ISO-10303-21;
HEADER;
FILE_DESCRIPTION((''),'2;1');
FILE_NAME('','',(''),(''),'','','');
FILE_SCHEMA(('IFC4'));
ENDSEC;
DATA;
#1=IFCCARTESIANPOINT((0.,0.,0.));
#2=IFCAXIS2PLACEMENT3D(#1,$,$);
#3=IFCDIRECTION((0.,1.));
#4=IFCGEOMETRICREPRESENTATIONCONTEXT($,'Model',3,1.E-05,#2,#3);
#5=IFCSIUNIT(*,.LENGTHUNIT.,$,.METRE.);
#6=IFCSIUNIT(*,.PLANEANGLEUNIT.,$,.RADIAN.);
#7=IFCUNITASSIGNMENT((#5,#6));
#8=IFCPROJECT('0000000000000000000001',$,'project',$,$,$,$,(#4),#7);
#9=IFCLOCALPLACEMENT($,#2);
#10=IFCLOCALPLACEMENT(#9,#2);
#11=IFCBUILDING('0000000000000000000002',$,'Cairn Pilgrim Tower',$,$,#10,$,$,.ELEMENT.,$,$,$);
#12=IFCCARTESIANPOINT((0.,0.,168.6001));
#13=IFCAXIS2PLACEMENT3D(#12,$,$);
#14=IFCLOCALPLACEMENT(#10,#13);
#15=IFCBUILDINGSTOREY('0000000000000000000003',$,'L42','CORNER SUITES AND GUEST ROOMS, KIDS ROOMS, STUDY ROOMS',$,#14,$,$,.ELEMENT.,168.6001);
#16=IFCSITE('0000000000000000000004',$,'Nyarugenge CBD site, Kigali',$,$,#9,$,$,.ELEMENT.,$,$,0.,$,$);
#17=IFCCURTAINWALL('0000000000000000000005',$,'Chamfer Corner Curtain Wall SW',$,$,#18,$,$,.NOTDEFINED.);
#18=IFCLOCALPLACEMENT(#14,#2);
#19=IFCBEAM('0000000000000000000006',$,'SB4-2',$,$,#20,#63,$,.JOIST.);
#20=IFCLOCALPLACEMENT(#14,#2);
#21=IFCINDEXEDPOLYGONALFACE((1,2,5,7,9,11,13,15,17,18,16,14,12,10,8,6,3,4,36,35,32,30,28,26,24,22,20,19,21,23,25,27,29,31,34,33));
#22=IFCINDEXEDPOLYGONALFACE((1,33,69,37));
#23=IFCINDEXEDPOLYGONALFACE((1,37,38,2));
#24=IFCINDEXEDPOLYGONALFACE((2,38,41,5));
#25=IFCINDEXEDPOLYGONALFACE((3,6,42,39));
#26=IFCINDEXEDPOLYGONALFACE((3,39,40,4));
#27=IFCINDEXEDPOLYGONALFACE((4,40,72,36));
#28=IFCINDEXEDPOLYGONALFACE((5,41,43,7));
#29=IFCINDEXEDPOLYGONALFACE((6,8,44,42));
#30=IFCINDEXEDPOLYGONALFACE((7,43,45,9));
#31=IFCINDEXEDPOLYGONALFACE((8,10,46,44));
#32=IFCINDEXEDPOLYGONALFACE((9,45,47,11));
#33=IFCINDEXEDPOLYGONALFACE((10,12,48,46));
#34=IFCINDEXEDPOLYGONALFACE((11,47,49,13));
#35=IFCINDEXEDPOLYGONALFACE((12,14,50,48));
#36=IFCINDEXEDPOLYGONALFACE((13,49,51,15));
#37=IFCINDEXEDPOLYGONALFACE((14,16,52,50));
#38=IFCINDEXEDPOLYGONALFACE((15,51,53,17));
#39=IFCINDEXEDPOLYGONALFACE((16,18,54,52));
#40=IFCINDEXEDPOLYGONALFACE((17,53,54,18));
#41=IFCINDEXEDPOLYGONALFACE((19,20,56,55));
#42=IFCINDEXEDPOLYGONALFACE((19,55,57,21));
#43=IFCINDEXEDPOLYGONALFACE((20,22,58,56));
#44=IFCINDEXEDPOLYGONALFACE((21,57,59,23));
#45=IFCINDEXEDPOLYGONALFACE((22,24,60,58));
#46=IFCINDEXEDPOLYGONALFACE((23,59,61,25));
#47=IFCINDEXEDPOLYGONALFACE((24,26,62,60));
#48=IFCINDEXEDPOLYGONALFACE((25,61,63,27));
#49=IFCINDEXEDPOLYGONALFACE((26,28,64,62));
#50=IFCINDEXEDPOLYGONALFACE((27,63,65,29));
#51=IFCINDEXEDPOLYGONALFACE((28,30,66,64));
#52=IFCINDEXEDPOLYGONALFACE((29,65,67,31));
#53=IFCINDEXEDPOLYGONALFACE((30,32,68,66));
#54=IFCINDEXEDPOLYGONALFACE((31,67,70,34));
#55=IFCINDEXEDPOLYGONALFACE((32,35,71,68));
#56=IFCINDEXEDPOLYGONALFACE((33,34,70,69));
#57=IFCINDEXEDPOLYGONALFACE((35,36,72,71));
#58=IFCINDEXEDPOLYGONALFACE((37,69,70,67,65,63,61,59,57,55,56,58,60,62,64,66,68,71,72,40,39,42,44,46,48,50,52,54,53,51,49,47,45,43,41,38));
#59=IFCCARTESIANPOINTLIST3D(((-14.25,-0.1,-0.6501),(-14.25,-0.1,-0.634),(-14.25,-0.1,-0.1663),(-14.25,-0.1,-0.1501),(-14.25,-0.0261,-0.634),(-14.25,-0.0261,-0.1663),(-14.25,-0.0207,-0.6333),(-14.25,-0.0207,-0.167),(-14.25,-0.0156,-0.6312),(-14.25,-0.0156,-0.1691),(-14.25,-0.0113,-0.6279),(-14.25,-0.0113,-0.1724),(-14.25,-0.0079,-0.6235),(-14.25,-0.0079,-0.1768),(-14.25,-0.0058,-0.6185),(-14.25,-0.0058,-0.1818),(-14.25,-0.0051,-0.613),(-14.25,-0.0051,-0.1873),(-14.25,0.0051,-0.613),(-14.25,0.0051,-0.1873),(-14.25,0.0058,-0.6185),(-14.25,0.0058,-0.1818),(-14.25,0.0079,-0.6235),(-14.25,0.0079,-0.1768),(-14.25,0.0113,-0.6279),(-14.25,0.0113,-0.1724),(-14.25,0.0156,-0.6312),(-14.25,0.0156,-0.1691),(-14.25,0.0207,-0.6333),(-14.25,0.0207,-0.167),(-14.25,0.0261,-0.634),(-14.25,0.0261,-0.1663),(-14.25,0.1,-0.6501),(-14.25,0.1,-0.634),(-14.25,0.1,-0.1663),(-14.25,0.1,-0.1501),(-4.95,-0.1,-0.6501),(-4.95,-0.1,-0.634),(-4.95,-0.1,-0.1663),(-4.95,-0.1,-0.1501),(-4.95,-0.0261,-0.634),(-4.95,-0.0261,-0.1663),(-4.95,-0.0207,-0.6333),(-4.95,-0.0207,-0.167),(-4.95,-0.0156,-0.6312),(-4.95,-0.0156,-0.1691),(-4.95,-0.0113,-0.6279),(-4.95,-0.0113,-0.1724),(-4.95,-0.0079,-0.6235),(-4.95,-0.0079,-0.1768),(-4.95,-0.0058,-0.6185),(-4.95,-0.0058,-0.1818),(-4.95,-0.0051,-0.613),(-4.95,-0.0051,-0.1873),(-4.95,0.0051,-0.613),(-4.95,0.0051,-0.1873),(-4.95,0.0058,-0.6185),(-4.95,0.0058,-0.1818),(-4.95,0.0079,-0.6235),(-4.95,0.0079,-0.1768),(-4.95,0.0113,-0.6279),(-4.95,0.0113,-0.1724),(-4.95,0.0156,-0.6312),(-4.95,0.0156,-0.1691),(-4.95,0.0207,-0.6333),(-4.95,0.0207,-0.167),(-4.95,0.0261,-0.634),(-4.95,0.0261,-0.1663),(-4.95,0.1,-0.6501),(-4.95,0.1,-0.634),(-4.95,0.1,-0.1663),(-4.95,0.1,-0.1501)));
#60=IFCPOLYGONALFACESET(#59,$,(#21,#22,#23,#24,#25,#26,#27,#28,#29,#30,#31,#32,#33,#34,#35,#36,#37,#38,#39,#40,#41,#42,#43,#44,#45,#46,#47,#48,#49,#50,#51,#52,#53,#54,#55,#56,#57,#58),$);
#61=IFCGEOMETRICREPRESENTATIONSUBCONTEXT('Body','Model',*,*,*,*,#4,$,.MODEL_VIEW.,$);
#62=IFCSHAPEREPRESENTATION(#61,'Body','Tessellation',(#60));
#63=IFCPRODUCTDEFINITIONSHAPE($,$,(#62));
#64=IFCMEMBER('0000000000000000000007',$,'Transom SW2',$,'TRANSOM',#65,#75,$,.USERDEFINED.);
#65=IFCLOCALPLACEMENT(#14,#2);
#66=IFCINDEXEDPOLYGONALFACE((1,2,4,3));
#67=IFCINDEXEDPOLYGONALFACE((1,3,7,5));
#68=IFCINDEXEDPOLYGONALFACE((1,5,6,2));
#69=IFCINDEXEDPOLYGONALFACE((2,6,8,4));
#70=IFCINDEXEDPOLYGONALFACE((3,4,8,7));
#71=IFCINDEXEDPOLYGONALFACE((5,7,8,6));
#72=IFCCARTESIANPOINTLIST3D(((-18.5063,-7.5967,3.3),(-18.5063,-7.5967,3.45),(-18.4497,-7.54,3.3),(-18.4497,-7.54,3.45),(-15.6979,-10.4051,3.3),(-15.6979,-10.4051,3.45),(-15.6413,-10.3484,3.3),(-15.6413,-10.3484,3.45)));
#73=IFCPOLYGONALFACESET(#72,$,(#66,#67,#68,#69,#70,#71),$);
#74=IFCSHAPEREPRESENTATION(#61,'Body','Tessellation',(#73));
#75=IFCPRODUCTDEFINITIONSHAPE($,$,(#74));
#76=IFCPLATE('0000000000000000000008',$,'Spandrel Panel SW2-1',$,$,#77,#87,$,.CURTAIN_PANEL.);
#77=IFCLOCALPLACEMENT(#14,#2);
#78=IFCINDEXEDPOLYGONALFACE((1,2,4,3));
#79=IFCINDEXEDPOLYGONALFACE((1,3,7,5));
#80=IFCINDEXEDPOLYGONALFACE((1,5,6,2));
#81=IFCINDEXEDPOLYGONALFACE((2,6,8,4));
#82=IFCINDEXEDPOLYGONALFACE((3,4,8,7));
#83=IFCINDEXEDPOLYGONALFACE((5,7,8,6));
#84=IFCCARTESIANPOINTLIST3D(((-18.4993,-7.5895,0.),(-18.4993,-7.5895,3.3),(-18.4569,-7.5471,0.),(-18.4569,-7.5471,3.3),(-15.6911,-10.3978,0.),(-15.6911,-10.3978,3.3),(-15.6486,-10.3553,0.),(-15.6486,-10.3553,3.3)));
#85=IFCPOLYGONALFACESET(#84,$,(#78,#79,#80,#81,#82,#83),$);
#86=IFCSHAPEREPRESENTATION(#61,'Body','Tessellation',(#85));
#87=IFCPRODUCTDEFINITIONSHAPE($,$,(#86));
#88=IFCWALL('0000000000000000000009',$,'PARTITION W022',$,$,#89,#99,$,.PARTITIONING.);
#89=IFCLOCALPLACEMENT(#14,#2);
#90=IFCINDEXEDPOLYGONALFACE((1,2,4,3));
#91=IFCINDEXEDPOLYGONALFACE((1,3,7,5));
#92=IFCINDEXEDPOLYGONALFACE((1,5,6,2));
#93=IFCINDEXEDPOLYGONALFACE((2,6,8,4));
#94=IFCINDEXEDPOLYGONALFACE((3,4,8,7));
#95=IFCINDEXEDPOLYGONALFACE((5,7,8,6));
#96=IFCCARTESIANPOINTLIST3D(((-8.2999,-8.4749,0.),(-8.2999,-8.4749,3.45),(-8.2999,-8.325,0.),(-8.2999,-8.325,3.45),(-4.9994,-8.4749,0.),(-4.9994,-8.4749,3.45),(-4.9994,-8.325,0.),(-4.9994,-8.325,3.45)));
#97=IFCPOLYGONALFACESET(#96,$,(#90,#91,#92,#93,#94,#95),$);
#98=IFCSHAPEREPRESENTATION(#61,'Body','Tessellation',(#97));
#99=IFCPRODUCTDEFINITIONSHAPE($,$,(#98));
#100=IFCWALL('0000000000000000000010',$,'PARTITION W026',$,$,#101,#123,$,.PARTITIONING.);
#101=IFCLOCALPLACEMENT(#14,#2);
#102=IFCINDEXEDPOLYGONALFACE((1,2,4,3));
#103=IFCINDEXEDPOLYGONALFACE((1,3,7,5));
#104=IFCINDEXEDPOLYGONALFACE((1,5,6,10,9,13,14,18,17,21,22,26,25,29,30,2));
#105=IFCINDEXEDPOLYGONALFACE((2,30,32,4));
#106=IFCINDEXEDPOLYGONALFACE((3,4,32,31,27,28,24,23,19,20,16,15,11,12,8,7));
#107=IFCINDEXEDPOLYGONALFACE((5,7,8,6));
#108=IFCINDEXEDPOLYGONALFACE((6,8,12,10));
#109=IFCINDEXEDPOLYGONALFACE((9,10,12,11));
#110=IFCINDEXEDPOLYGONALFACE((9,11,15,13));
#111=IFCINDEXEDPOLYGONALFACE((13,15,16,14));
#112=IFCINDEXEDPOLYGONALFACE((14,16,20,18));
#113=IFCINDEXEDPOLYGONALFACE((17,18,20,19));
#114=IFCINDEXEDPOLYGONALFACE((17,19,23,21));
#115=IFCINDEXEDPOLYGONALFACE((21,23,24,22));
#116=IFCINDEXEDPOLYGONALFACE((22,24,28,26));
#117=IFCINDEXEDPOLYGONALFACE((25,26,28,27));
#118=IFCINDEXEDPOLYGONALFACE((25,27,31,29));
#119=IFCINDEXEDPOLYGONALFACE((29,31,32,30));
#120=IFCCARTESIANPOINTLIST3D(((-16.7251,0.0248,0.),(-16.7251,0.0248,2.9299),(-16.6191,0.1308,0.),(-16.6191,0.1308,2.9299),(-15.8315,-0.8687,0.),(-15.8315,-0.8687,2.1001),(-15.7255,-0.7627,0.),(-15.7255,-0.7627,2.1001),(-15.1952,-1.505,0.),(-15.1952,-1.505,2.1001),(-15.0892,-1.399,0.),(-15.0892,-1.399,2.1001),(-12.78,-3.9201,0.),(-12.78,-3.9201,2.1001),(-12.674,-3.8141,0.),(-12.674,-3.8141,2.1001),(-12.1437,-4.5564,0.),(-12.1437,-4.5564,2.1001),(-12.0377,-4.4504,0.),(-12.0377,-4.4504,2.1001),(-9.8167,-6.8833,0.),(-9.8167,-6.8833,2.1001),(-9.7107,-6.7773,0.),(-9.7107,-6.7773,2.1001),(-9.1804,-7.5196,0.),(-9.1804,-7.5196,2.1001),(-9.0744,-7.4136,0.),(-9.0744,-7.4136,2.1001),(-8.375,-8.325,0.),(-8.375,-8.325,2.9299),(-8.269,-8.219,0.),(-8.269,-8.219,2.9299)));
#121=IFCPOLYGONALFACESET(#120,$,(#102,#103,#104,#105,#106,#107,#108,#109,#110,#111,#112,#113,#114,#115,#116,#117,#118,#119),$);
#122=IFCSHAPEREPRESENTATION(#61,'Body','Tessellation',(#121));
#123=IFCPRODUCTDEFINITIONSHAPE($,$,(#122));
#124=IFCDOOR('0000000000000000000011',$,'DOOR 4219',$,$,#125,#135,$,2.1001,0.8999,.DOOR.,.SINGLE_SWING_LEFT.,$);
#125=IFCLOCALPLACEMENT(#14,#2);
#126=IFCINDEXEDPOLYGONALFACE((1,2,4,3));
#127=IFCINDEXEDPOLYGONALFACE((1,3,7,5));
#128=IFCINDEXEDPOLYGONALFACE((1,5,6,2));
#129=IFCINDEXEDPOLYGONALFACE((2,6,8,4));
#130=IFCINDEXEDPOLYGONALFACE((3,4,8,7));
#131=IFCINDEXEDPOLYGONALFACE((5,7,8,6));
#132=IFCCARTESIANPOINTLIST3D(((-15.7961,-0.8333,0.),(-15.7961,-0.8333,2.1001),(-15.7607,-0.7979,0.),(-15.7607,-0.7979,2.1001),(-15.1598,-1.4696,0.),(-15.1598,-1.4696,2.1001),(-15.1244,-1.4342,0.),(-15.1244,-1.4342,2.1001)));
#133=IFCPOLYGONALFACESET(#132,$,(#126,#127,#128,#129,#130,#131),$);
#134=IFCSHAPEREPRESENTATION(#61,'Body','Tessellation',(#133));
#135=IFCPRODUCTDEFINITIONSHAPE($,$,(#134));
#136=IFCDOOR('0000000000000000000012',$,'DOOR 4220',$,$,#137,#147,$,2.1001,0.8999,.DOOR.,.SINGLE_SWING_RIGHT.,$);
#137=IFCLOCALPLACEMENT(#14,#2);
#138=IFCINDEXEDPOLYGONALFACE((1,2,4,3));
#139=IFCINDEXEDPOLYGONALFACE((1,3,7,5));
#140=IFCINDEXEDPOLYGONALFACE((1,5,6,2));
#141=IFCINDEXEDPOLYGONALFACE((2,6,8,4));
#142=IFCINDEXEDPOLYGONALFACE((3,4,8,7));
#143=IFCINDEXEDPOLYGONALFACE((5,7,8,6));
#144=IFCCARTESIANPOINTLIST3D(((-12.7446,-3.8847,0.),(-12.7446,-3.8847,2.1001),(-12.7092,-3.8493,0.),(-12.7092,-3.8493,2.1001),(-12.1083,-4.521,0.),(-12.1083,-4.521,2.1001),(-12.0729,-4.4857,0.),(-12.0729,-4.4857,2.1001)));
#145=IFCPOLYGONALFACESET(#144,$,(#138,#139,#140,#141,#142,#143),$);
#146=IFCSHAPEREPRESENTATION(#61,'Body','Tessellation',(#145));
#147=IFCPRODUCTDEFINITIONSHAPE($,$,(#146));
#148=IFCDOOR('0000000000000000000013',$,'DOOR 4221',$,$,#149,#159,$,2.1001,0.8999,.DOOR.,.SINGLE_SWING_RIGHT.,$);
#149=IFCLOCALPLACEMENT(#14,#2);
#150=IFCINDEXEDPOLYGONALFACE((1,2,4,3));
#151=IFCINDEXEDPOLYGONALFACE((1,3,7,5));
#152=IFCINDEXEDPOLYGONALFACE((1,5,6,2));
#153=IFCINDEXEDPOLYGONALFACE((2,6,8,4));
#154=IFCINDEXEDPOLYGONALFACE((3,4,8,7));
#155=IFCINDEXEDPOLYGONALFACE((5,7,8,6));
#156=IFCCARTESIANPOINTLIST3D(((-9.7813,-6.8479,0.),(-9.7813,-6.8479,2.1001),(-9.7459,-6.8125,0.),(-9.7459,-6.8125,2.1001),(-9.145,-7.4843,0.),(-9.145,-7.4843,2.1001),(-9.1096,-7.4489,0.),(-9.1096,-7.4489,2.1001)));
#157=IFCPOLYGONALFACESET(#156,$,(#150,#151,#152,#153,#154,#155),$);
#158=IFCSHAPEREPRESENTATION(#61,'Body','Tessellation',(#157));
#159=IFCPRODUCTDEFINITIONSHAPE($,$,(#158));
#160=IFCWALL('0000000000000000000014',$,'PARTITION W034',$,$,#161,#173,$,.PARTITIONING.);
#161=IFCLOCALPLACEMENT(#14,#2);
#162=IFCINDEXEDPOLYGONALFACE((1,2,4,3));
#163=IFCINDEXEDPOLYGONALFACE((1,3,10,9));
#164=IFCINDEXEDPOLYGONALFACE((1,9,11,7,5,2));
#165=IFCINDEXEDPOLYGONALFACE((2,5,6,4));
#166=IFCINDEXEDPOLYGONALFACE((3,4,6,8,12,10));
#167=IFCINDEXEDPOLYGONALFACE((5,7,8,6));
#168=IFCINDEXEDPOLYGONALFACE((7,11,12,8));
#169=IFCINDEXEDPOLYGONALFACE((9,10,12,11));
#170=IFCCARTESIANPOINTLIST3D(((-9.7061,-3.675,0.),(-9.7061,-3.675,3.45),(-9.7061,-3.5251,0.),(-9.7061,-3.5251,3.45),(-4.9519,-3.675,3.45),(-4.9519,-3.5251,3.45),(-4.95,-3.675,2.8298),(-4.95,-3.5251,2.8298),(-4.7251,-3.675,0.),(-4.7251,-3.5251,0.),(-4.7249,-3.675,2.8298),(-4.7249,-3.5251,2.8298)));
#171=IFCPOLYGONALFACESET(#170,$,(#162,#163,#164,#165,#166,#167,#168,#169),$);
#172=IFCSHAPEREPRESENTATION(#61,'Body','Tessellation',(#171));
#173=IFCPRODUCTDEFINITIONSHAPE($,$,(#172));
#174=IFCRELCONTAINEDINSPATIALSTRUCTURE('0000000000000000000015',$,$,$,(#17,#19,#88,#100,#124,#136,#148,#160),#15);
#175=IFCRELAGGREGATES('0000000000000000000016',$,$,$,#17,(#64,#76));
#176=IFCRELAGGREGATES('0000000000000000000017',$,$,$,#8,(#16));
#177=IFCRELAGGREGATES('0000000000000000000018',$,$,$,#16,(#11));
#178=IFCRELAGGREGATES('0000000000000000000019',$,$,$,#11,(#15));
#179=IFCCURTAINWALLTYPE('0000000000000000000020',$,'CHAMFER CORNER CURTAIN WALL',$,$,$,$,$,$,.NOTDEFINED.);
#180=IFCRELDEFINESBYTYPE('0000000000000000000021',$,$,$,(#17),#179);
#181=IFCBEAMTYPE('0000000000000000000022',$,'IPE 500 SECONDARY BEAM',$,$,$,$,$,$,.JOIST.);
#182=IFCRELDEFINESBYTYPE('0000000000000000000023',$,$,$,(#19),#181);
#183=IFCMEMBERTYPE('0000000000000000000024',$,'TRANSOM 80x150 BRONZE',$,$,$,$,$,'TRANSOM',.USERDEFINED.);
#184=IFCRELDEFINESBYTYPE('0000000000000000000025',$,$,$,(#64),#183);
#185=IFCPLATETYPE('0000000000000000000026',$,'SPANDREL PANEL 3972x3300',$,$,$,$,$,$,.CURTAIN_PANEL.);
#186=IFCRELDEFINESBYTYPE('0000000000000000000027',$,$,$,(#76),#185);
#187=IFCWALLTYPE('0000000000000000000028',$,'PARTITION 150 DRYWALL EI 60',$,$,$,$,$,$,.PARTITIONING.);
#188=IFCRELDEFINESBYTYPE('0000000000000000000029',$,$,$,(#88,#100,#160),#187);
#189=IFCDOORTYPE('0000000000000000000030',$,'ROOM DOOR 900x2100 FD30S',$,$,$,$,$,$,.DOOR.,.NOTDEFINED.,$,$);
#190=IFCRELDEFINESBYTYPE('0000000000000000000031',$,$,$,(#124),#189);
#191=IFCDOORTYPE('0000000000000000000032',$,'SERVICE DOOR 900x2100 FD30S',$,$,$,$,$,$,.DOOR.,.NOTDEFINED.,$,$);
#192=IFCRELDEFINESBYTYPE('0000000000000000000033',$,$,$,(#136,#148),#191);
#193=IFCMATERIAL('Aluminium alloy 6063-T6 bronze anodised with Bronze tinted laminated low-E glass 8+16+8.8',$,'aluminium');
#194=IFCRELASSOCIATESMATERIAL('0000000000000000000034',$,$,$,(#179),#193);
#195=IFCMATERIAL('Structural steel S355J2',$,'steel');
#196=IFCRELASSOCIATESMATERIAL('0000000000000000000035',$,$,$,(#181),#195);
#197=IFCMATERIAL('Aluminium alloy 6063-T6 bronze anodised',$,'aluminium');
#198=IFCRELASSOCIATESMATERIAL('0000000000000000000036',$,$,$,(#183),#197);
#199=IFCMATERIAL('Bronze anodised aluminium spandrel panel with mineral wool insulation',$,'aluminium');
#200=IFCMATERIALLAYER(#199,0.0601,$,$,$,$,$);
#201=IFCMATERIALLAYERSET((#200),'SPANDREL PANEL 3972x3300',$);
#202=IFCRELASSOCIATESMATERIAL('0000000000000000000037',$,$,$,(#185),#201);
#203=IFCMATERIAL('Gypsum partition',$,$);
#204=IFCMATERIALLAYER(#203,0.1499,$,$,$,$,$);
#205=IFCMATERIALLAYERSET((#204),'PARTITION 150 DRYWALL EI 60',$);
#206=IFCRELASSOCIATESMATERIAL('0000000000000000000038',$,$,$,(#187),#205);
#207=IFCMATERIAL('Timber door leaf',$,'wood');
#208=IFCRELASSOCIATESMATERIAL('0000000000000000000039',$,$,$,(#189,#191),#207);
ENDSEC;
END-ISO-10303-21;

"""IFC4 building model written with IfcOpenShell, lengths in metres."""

from ifc_helpers import new_model, si_unit, direction, frame, frame_2d, origin, origin_2d, place, context, subcontext, project, spatial, polyline, rectangle, i_section, outline, extrude, material, layer, layer_set, material_profile, profile_set, type_object, element, fill, aggregate, save


model = new_model("IFC4")

# Units and contexts
model_context = context("Model", 3, precision=1e-05, world=origin(), true_north=direction((0.0, 1.0)))
body_context = subcontext(model_context, "Body", "Model", "MODEL_VIEW")
ifc_project = project(units=[si_unit("LENGTHUNIT", "METRE"), si_unit("PLANEANGLEUNIT", "RADIAN")], contexts=[model_context])

# Site, building, storey
site_placement = place(None, origin())
site = spatial("IfcSite", under=ifc_project, at=site_placement, Name="Nyarugenge CBD site, Kigali", CompositionType="ELEMENT", RefElevation=0.0)
building_placement = place(site_placement, origin())
building = spatial("IfcBuilding", under=site, at=building_placement, Name="Cairn Pilgrim Tower", CompositionType="ELEMENT")
storey_placement = place(building_placement, frame((0.0, 0.0, 168.6001)))
storey = spatial("IfcBuildingStorey", under=building, at=storey_placement, Name="L42", Description="CORNER SUITES AND GUEST ROOMS, KIDS ROOMS, STUDY ROOMS", CompositionType="ELEMENT", Elevation=168.6001)

# Shared definitions
ifc_material_1 = material(Name="Structural steel S355J2", Category="steel")

# Curtain wall
ifc_material_2 = material(Name="Aluminium alloy 6063-T6 bronze anodised with Bronze tinted laminated low-E glass 8+16+8.8", Category="aluminium")
curtain_wall_type = type_object("IfcCurtainWallType", Name="CHAMFER CORNER CURTAIN WALL", PredefinedType="NOTDEFINED", material=ifc_material_2)
curtain_wall_placement = place(storey_placement, origin())
curtain_wall = element("IfcCurtainWall", 1, at=curtain_wall_placement, inside=storey, type_object=curtain_wall_type, Name="Chamfer Corner Curtain Wall SW", PredefinedType="NOTDEFINED")
ifc_material_3 = material(Name="Aluminium alloy 6063-T6 bronze anodised", Category="aluminium")

# Beam
ifc_material_profile_1 = material_profile(ifc_material_1, i_section(OverallWidth=0.2, OverallDepth=0.5, WebThickness=0.0103, FlangeThickness=0.0161, FilletRadius=0.021, at=origin_2d()), Name="IPE 500")
ifc_profile_set_1 = profile_set([ifc_material_profile_1], Name="Structural steel S355J2")
beam_type_1 = type_object("IfcBeamType", Name="IPE 500 SECONDARY BEAM", PredefinedType="JOIST", material=ifc_profile_set_1)
for number, where, z_axis, x_axis, name in (
    (2, (-14.25, 0.0, -0.4001), (1.0, 0.0, 0.0), (0.0, 1.0, 0.0), "SB4-2"),
):
    element("IfcBeam", number, at=place(storey_placement, frame(where, z_axis=z_axis, x_axis=x_axis)), inside=storey, type_object=beam_type_1, Name=name, PredefinedType="JOIST", context=body_context, shape_type="SweptSolid", body=[
        extrude(i_section(OverallWidth=0.2, OverallDepth=0.5, WebThickness=0.0103, FlangeThickness=0.0161, FilletRadius=0.021, at=origin_2d()), origin(), (0.0, 0.0, 1.0), 9.3),
    ])

# Member
ifc_material_profile_2 = material_profile(ifc_material_3, rectangle(XDim=0.0801, YDim=0.1499, at=origin_2d()), Name="TRANSOM 80x150 BRONZE")
ifc_profile_set_2 = profile_set([ifc_material_profile_2], Name="Aluminium alloy 6063-T6 bronze anodised")
member_type_1 = type_object("IfcMemberType", Name="TRANSOM 80x150 BRONZE", ElementType="TRANSOM", PredefinedType="USERDEFINED", material=ifc_profile_set_2)
member_1_placement = place(storey_placement, frame((-18.478, -7.5684, 3.375), z_axis=(0.707107, -0.707107, 0.0), x_axis=(0.707107, 0.707107, 0.0)))
member_1 = element("IfcMember", 3, at=member_1_placement, type_object=member_type_1, Name="Transom SW2", ObjectType="TRANSOM", PredefinedType="USERDEFINED", context=body_context, shape_type="SweptSolid", body=[
    extrude(rectangle(XDim=0.0801, YDim=0.1499, at=origin_2d()), origin(), (0.0, 0.0, 1.0), 3.9717),
])

# Plate
ifc_material_4 = material(Name="Bronze anodised aluminium spandrel panel with mineral wool insulation", Category="aluminium")
ifc_layer_1 = layer(ifc_material_4, 0.0601)
ifc_layer_set_1 = layer_set([ifc_layer_1], Name="SPANDREL PANEL 3972x3300")
plate_type = type_object("IfcPlateType", Name="SPANDREL PANEL 3972x3300", PredefinedType="CURTAIN_PANEL", material=ifc_layer_set_1)
plate_placement = place(storey_placement, frame((-17.074, -8.9724, 0.0), z_axis=(0.0, 0.0, 1.0), x_axis=(0.707107, -0.707107, 0.0)))
plate = element("IfcPlate", 4, at=plate_placement, type_object=plate_type, Name="Spandrel Panel SW2-1", PredefinedType="CURTAIN_PANEL", context=body_context, shape_type="SweptSolid", body=[
    extrude(rectangle(XDim=3.9714, YDim=0.0601, at=origin_2d()), origin(), (0.0, 0.0, 1.0), 3.3),
])
aggregate(curtain_wall, [member_1, plate])

# Wall
ifc_material_5 = material(Name="Gypsum partition")
ifc_layer_2 = layer(ifc_material_5, 0.1499)
ifc_layer_set_2 = layer_set([ifc_layer_2], Name="PARTITION 150 DRYWALL EI 60")
wall_type_1 = type_object("IfcWallType", Name="PARTITION 150 DRYWALL EI 60", PredefinedType="PARTITIONING", material=ifc_layer_set_2)
wall_1_placement = place(storey_placement, frame((-8.3, -8.3999, 0.0), z_axis=(0.0, 0.0, 1.0), x_axis=(1.0, 0.0, 0.0)))
element("IfcWall", 5, at=wall_1_placement, inside=storey, type_object=wall_type_1, Name="PARTITION W022", PredefinedType="PARTITIONING", context=body_context, shape_type="SweptSolid", body=[
    extrude(rectangle(XDim=3.3005, YDim=0.1499, at=frame_2d((1.6504, 0.0))), origin(), (0.0, 0.0, 1.0), 3.45),
])

# Wall, openings, doors
wall_2_placement = place(storey_placement, frame((-8.322, -8.272, 0.0), z_axis=(0.0, 0.0, 1.0), x_axis=(-0.707117, 0.707096, 0.0)))
wall_2 = element("IfcWall", 6, at=wall_2_placement, inside=storey, type_object=wall_type_1, Name="PARTITION W026", PredefinedType="PARTITIONING", context=body_context, shape_type="SweptSolid", body=[
    extrude(rectangle(XDim=11.8086, YDim=0.1499, at=frame_2d((5.9043, 0.0))), origin(), (0.0, 0.0, 1.0), 2.9299),
])
opening_1_placement = place(wall_2_placement, frame((9.645, 0.0, 0.0)))
opening_1 = element("IfcOpeningElement", 7, at=opening_1_placement, cuts=wall_2, PredefinedType="OPENING", context=body_context, shape_type="SweptSolid", body=[
    extrude(rectangle(XDim=0.8999, YDim=2.1001, at=frame_2d((0.45, 1.05))), frame((0.0, 0.085, 0.0), z_axis=(0.0, -1.0, 0.0), x_axis=(1.0, 0.0, 0.0)), (0.0, 0.0, 1.0), 0.1699),
])
opening_2_placement = place(wall_2_placement, frame((5.3296, 0.0, 0.0)))
opening_2 = element("IfcOpeningElement", 8, at=opening_2_placement, cuts=wall_2, PredefinedType="OPENING", context=body_context, shape_type="SweptSolid", body=[
    extrude(rectangle(XDim=0.8999, YDim=2.1001, at=frame_2d((0.45, 1.05))), frame((0.0, 0.085, 0.0), z_axis=(0.0, -1.0, 0.0), x_axis=(1.0, 0.0, 0.0)), (0.0, 0.0, 1.0), 0.1699),
])
opening_3_placement = place(wall_2_placement, frame((1.1389, 0.0, 0.0)))
opening_3 = element("IfcOpeningElement", 9, at=opening_3_placement, cuts=wall_2, PredefinedType="OPENING", context=body_context, shape_type="SweptSolid", body=[
    extrude(rectangle(XDim=0.8999, YDim=2.1001, at=frame_2d((0.45, 1.05))), frame((0.0, 0.085, 0.0), z_axis=(0.0, -1.0, 0.0), x_axis=(1.0, 0.0, 0.0)), (0.0, 0.0, 1.0), 0.1699),
])
ifc_material_6 = material(Name="Timber door leaf", Category="wood")
door_type_1 = type_object("IfcDoorType", Name="ROOM DOOR 900x2100 FD30S", OperationType="NOTDEFINED", PredefinedType="DOOR", material=ifc_material_6)
door_1_placement = place(opening_1_placement, origin())
door_1 = element("IfcDoor", 10, at=door_1_placement, inside=storey, type_object=door_type_1, Name="DOOR 4219", OperationType="SINGLE_SWING_LEFT", OverallHeight=2.1001, OverallWidth=0.8999, PredefinedType="DOOR", context=body_context, shape_type="SweptSolid", body=[
    extrude(rectangle(XDim=0.8999, YDim=2.1001, at=frame_2d((0.45, 1.05))), frame((0.0, 0.0249, 0.0), z_axis=(0.0, -1.0, 0.0), x_axis=(1.0, 0.0, 0.0)), (0.0, 0.0, 1.0), 0.05),
])
fill(opening_1, door_1)
door_type_2 = type_object("IfcDoorType", Name="SERVICE DOOR 900x2100 FD30S", OperationType="NOTDEFINED", PredefinedType="DOOR", material=ifc_material_6)
door_2_placement = place(opening_2_placement, origin())
door_2 = element("IfcDoor", 11, at=door_2_placement, inside=storey, type_object=door_type_2, Name="DOOR 4220", OperationType="SINGLE_SWING_RIGHT", OverallHeight=2.1001, OverallWidth=0.8999, PredefinedType="DOOR", context=body_context, shape_type="SweptSolid", body=[
    extrude(rectangle(XDim=0.8999, YDim=2.1001, at=frame_2d((0.45, 1.05))), frame((0.0, 0.0249, 0.0), z_axis=(0.0, -1.0, 0.0), x_axis=(1.0, 0.0, 0.0)), (0.0, 0.0, 1.0), 0.05),
])
fill(opening_2, door_2)
door_3_placement = place(opening_3_placement, origin())
door_3 = element("IfcDoor", 12, at=door_3_placement, inside=storey, type_object=door_type_2, Name="DOOR 4221", OperationType="SINGLE_SWING_RIGHT", OverallHeight=2.1001, OverallWidth=0.8999, PredefinedType="DOOR", context=body_context, shape_type="SweptSolid", body=[
    extrude(rectangle(XDim=0.8999, YDim=2.1001, at=frame_2d((0.45, 1.05))), frame((0.0, 0.0249, 0.0), z_axis=(0.0, -1.0, 0.0), x_axis=(1.0, 0.0, 0.0)), (0.0, 0.0, 1.0), 0.05),
])
fill(opening_3, door_3)

# Wall
wall_3_placement = place(storey_placement, frame((-9.7061, -3.6001, 0.0), z_axis=(0.0, 0.0, 1.0), x_axis=(1.0, 0.0, 0.0)))
element("IfcWall", 13, at=wall_3_placement, inside=storey, type_object=wall_type_1, Name="PARTITION W034", PredefinedType="PARTITIONING", context=body_context, shape_type="SweptSolid", body=[
    extrude(outline(polyline([(0.0, 0.0), (4.981, 0.0), (4.9812, 2.8298), (4.7561, 2.8298), (4.7542, 3.45), (0.0, 3.45), (0.0, 0.0)])), frame((0.0, 0.075, 0.0), z_axis=(0.0, -1.0, 0.0), x_axis=(1.0, 0.0, 0.0)), (0.0, 0.0, 1.0), 0.1499),
])

save(model, "model.ifc")
